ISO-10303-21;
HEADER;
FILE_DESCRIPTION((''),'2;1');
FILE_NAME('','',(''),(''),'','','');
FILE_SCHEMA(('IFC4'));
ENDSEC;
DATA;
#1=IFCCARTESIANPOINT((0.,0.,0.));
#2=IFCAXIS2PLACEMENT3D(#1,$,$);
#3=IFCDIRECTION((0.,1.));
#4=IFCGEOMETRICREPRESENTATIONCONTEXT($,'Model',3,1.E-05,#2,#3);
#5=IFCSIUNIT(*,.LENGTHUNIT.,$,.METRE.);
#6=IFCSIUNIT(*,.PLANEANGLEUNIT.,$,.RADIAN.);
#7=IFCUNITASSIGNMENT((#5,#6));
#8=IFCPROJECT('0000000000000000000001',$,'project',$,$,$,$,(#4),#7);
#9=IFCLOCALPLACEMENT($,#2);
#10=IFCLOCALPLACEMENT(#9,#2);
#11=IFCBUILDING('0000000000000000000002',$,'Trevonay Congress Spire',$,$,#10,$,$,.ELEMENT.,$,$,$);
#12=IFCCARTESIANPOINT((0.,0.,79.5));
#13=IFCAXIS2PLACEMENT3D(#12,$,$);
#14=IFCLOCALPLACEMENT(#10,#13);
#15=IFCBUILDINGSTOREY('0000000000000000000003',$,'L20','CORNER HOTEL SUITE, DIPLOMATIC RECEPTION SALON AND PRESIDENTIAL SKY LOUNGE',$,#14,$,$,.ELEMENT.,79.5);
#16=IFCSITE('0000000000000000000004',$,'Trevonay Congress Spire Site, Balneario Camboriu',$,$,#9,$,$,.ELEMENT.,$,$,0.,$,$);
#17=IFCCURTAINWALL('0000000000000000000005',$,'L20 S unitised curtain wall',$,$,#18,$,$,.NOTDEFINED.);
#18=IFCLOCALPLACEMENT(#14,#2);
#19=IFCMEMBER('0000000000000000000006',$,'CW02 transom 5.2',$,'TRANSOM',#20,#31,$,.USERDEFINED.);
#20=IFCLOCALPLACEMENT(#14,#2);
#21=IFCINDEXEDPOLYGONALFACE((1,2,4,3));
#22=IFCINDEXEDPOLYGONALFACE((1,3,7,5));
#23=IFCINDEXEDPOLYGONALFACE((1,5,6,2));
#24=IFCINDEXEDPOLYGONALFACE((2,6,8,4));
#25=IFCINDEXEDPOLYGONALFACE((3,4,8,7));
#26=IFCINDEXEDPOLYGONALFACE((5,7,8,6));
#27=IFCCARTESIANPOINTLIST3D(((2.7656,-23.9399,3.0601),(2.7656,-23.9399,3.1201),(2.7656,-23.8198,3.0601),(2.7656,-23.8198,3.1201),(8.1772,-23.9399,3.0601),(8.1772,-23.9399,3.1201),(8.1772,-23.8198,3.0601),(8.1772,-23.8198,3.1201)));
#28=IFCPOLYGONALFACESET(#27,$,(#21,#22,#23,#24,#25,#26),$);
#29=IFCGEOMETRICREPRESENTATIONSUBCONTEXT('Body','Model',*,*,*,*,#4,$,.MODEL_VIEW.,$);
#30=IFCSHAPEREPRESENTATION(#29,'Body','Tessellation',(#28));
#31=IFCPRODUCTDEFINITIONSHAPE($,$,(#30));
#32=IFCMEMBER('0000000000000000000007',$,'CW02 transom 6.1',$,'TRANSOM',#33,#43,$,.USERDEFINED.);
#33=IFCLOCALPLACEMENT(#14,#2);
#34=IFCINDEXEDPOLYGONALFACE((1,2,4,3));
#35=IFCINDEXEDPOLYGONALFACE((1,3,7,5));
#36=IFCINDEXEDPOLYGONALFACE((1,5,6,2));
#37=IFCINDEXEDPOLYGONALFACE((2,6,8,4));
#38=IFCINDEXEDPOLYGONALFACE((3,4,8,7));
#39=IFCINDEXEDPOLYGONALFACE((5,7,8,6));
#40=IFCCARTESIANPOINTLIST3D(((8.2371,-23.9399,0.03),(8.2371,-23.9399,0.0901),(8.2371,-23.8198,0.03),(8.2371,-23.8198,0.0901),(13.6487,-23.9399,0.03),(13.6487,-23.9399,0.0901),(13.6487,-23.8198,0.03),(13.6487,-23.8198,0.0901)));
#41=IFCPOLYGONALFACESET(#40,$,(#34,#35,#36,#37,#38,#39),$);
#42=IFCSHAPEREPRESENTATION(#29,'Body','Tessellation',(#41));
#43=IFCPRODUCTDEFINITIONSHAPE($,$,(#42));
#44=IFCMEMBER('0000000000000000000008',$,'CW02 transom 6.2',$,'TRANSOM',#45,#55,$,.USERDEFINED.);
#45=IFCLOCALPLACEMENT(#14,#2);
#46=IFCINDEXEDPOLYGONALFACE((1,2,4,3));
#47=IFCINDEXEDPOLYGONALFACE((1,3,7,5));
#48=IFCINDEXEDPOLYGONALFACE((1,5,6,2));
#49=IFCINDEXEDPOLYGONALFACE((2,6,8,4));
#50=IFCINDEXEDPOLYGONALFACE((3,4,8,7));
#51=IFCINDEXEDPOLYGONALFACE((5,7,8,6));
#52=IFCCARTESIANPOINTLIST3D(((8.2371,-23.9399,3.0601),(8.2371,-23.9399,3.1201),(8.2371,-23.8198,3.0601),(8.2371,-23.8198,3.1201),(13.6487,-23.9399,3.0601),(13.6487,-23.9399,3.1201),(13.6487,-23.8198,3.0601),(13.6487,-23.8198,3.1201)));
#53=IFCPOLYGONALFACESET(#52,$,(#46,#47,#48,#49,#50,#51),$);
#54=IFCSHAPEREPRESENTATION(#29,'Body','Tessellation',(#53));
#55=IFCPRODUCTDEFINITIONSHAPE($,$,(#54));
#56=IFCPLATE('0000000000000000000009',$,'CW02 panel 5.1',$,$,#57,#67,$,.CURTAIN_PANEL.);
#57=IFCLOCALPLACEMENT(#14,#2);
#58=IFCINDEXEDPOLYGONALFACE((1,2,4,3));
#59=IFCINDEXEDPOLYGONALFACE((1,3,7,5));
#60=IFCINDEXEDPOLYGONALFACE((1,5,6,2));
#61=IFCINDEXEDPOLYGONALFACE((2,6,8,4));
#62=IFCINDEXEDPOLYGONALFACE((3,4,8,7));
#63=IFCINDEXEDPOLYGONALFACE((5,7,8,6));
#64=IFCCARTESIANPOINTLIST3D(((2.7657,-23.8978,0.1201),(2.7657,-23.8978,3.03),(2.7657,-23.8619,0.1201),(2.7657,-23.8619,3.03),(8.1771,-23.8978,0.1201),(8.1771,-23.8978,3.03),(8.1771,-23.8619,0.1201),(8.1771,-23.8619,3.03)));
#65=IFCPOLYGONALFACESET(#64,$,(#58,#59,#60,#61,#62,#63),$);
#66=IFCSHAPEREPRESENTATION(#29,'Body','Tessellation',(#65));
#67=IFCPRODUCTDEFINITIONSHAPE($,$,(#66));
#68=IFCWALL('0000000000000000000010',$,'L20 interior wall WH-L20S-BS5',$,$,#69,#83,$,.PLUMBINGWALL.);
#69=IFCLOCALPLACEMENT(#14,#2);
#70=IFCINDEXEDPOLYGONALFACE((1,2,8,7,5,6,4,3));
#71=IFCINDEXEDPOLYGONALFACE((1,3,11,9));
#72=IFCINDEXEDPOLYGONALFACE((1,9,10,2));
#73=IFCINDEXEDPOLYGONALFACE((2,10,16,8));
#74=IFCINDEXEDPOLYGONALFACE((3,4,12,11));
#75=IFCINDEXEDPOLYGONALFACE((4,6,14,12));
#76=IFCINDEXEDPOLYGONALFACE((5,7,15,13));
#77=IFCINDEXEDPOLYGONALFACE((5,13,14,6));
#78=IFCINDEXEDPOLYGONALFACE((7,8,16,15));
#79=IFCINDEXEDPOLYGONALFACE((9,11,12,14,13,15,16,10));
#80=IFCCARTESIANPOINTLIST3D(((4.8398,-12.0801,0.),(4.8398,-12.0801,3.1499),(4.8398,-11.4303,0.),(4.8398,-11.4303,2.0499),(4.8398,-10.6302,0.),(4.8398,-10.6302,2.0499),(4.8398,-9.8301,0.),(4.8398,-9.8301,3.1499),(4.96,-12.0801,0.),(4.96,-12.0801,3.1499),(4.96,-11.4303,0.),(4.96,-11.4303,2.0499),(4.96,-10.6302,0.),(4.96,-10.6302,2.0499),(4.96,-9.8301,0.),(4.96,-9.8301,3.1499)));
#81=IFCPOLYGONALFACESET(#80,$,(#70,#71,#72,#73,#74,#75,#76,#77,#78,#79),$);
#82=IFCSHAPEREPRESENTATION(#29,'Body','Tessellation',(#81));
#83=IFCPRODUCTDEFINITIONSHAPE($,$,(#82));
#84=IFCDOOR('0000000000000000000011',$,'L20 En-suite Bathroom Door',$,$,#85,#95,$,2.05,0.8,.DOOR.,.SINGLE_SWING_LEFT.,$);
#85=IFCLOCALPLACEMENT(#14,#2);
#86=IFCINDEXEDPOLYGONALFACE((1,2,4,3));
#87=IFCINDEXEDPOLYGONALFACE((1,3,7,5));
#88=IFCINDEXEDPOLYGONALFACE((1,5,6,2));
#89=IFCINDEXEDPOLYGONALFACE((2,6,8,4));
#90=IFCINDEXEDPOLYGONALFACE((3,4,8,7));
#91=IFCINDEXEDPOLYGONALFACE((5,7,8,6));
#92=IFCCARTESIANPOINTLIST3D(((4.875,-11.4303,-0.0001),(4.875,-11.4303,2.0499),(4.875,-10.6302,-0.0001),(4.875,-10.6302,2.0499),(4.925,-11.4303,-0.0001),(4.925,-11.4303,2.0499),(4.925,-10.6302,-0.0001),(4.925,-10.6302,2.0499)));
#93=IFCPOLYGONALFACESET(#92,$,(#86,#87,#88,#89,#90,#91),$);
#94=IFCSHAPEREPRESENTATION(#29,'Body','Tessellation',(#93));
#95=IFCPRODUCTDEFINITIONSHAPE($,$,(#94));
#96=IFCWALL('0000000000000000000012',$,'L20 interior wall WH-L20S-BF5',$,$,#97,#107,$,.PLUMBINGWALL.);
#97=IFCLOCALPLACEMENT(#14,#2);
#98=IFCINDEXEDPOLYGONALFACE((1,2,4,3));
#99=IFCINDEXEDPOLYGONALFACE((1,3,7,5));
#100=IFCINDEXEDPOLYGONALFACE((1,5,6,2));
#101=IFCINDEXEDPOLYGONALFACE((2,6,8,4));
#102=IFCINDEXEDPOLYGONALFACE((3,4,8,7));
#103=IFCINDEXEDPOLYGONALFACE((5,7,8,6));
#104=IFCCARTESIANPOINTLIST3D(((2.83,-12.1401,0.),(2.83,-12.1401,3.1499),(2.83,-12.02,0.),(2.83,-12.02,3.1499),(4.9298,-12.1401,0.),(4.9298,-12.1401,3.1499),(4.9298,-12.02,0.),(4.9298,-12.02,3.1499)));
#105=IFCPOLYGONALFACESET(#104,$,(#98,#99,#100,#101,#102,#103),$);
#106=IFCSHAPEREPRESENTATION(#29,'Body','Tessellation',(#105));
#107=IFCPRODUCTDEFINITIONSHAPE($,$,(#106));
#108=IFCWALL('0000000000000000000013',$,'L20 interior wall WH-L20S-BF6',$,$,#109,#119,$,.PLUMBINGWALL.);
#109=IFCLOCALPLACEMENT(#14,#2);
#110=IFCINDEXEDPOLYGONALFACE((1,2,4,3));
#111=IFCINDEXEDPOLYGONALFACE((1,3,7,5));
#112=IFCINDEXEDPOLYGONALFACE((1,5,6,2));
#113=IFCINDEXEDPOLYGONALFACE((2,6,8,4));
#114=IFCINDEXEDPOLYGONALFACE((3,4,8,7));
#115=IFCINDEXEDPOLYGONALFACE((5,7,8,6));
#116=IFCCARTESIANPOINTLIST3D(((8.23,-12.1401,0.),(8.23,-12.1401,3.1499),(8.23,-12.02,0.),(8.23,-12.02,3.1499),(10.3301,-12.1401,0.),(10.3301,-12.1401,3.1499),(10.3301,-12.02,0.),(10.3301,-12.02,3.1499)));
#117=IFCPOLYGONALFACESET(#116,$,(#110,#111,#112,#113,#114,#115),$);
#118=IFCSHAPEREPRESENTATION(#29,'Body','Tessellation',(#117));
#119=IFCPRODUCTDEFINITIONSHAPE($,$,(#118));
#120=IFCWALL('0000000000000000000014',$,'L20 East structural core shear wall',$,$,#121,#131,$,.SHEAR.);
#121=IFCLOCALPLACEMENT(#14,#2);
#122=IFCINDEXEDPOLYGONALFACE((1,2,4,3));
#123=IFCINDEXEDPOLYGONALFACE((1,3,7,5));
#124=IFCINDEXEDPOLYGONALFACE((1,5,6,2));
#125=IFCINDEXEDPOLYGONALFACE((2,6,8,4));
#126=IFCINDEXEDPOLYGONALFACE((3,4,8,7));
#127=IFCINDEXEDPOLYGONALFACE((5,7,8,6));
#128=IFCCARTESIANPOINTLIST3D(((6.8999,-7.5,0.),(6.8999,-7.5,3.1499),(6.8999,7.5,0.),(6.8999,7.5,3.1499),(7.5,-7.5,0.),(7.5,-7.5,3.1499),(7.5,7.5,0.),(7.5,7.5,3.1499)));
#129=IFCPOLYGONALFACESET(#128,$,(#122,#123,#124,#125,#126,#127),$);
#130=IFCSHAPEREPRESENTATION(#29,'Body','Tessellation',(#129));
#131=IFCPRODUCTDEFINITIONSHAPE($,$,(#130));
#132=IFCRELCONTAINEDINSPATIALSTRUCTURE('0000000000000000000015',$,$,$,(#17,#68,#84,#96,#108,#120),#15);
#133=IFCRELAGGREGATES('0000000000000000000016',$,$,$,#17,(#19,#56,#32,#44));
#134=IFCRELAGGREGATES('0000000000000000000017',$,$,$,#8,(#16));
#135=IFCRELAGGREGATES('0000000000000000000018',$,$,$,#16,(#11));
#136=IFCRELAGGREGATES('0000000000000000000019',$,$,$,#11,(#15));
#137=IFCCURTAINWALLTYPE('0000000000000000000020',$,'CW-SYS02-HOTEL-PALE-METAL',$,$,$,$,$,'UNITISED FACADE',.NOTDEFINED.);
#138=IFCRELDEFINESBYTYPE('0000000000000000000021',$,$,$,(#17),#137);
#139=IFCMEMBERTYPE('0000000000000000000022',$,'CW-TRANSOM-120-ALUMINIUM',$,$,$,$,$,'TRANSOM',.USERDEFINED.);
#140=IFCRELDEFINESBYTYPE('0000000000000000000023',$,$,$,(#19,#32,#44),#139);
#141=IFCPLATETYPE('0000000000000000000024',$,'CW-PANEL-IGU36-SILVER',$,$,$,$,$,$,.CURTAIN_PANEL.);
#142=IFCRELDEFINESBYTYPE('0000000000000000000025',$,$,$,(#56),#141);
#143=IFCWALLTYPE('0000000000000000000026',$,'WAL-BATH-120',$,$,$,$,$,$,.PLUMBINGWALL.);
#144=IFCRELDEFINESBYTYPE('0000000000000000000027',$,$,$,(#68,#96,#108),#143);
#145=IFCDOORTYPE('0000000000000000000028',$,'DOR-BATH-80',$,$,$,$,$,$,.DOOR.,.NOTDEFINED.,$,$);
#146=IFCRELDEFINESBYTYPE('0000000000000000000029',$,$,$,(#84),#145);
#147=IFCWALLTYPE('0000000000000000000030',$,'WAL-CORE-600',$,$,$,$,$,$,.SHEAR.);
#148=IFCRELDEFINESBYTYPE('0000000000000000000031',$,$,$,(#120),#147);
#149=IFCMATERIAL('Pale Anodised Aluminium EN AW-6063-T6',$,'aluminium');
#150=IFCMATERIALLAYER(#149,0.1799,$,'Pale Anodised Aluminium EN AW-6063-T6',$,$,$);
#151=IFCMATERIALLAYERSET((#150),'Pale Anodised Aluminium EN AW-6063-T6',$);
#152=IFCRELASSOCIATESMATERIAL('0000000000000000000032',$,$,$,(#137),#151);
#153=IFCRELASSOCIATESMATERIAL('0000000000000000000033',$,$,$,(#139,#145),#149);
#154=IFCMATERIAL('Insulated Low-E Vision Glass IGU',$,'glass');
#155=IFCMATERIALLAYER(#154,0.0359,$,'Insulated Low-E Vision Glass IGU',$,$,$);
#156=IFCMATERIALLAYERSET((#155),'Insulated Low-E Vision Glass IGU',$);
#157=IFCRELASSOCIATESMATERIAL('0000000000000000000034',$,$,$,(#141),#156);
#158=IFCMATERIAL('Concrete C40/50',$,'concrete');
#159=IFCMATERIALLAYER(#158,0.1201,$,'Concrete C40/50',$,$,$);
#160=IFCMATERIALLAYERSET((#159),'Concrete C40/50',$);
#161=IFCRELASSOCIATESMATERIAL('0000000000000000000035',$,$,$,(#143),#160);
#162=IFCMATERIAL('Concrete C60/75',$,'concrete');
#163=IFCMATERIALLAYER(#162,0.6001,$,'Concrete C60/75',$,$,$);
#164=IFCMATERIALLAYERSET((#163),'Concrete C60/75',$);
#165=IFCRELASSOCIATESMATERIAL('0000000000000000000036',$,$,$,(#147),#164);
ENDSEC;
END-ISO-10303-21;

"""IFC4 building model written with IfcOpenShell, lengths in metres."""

from ifc_helpers import new_model, si_unit, direction, frame, frame_2d, origin, origin_2d, place, context, subcontext, project, spatial, rectangle, extrude, material, layer, layer_set, material_profile, profile_set, type_object, element, fill, aggregate, save


model = new_model("IFC4")

# Units and contexts
model_context = context("Model", 3, precision=1e-05, world=origin(), true_north=direction((0.0, 1.0)))
body_context = subcontext(model_context, "Body", "Model", "MODEL_VIEW")
ifc_project = project(units=[si_unit("LENGTHUNIT", "METRE"), si_unit("PLANEANGLEUNIT", "RADIAN")], contexts=[model_context])

# Site, building, storey
site_placement = place(None, origin())
site = spatial("IfcSite", under=ifc_project, at=site_placement, Name="Trevonay Congress Spire Site, Balneario Camboriu", CompositionType="ELEMENT", RefElevation=0.0)
building_placement = place(site_placement, origin())
building = spatial("IfcBuilding", under=site, at=building_placement, Name="Trevonay Congress Spire", CompositionType="ELEMENT")
storey_placement = place(building_placement, frame((0.0, 0.0, 79.5)))
storey = spatial("IfcBuildingStorey", under=building, at=storey_placement, Name="L20", Description="CORNER HOTEL SUITE, DIPLOMATIC RECEPTION SALON AND PRESIDENTIAL SKY LOUNGE", CompositionType="ELEMENT", Elevation=79.5)

# Curtain wall, members, plate
ifc_material_1 = material(Name="Pale Anodised Aluminium EN AW-6063-T6", Category="aluminium")
ifc_layer_1 = layer(ifc_material_1, 0.1799, Name="Pale Anodised Aluminium EN AW-6063-T6")
ifc_layer_set_1 = layer_set([ifc_layer_1], Name="Pale Anodised Aluminium EN AW-6063-T6")
curtain_wall_type = type_object("IfcCurtainWallType", Name="CW-SYS02-HOTEL-PALE-METAL", ElementType="UNITISED FACADE", PredefinedType="NOTDEFINED", material=ifc_layer_set_1)
curtain_wall_placement = place(storey_placement, origin())
curtain_wall = element("IfcCurtainWall", 1, at=curtain_wall_placement, inside=storey, type_object=curtain_wall_type, Name="L20 S unitised curtain wall", PredefinedType="NOTDEFINED")
ifc_material_profile_1 = material_profile(ifc_material_1, rectangle(XDim=0.1201, YDim=0.0601, at=origin_2d()), Name="CW-TRANSOM-120-ALUMINIUM")
ifc_profile_set_1 = profile_set([ifc_material_profile_1], Name="Pale Anodised Aluminium EN AW-6063-T6")
member_type_1 = type_object("IfcMemberType", Name="CW-TRANSOM-120-ALUMINIUM", ElementType="TRANSOM", PredefinedType="USERDEFINED", material=ifc_profile_set_1)
member_1_placement = place(storey_placement, frame((2.7656, -23.8799, 3.0901), z_axis=(1.0, 0.0, 0.0), x_axis=(0.0, 1.0, 0.0)))
member_1 = element("IfcMember", 2, at=member_1_placement, type_object=member_type_1, Name="CW02 transom 5.2", ObjectType="TRANSOM", PredefinedType="USERDEFINED", context=body_context, shape_type="SweptSolid", body=[
    extrude(rectangle(XDim=0.1201, YDim=0.0601, at=origin_2d()), origin(), (0.0, 0.0, 1.0), 5.4116),
])
member_2_placement = place(storey_placement, frame((8.2371, -23.8799, 0.0601), z_axis=(1.0, 0.0, 0.0), x_axis=(0.0, 1.0, 0.0)))
member_2 = element("IfcMember", 3, at=member_2_placement, type_object=member_type_1, Name="CW02 transom 6.1", ObjectType="TRANSOM", PredefinedType="USERDEFINED", context=body_context, shape_type="SweptSolid", body=[
    extrude(rectangle(XDim=0.1201, YDim=0.0601, at=origin_2d()), origin(), (0.0, 0.0, 1.0), 5.4116),
])
member_3_placement = place(storey_placement, frame((8.2371, -23.8799, 3.0901), z_axis=(1.0, 0.0, 0.0), x_axis=(0.0, 1.0, 0.0)))
member_3 = element("IfcMember", 4, at=member_3_placement, type_object=member_type_1, Name="CW02 transom 6.2", ObjectType="TRANSOM", PredefinedType="USERDEFINED", context=body_context, shape_type="SweptSolid", body=[
    extrude(rectangle(XDim=0.1201, YDim=0.0601, at=origin_2d()), origin(), (0.0, 0.0, 1.0), 5.4116),
])
ifc_material_2 = material(Name="Insulated Low-E Vision Glass IGU", Category="glass")
ifc_layer_2 = layer(ifc_material_2, 0.0359, Name="Insulated Low-E Vision Glass IGU")
ifc_layer_set_2 = layer_set([ifc_layer_2], Name="Insulated Low-E Vision Glass IGU")
plate_type = type_object("IfcPlateType", Name="CW-PANEL-IGU36-SILVER", PredefinedType="CURTAIN_PANEL", material=ifc_layer_set_2)
plate_placement = place(storey_placement, frame((5.4714, -23.8799, 0.1201), z_axis=(0.0, 0.0, 1.0), x_axis=(1.0, 0.0, 0.0)))
plate = element("IfcPlate", 5, at=plate_placement, type_object=plate_type, Name="CW02 panel 5.1", PredefinedType="CURTAIN_PANEL", context=body_context, shape_type="SweptSolid", body=[
    extrude(rectangle(XDim=5.4114, YDim=0.0359, at=origin_2d()), origin(), (0.0, 0.0, 1.0), 2.9099),
])
aggregate(curtain_wall, [member_1, plate, member_2, member_3])

# Wall, opening, door
ifc_material_3 = material(Name="Concrete C40/50", Category="concrete")
ifc_layer_3 = layer(ifc_material_3, 0.1201, Name="Concrete C40/50")
ifc_layer_set_3 = layer_set([ifc_layer_3], Name="Concrete C40/50")
wall_type_1 = type_object("IfcWallType", Name="WAL-BATH-120", PredefinedType="PLUMBINGWALL", material=ifc_layer_set_3)
wall_1_placement = place(storey_placement, frame((4.8999, -12.0801, 0.0), z_axis=(0.0, 0.0, 1.0), x_axis=(0.0, 1.0, 0.0)))
wall_1 = element("IfcWall", 6, at=wall_1_placement, inside=storey, type_object=wall_type_1, Name="L20 interior wall WH-L20S-BS5", PredefinedType="PLUMBINGWALL", context=body_context, shape_type="SweptSolid", body=[
    extrude(rectangle(XDim=2.25, YDim=0.1201, at=frame_2d((1.125, 0.0))), origin(), (0.0, 0.0, 1.0), 3.1499),
])
opening_1_placement = place(wall_1_placement, frame((0.6499, 0.0, 0.0)))
opening_1 = element("IfcOpeningElement", 7, at=opening_1_placement, cuts=wall_1, PredefinedType="OPENING", context=body_context, shape_type="SweptSolid", body=[
    extrude(rectangle(XDim=0.8, YDim=2.05, at=frame_2d((0.3999, 1.0249))), frame((0.0, 0.0701, 0.0), z_axis=(0.0, -1.0, 0.0), x_axis=(1.0, 0.0, 0.0)), (0.0, 0.0, 1.0), 0.1401),
])
door_type_1 = type_object("IfcDoorType", Name="DOR-BATH-80", OperationType="NOTDEFINED", PredefinedType="DOOR", material=ifc_material_1)
door_1_placement = place(opening_1_placement, origin())
door_1 = element("IfcDoor", 8, at=door_1_placement, inside=storey, type_object=door_type_1, Name="L20 En-suite Bathroom Door", OperationType="SINGLE_SWING_LEFT", OverallHeight=2.05, OverallWidth=0.8, PredefinedType="DOOR", context=body_context, shape_type="SweptSolid", body=[
    extrude(rectangle(XDim=0.8, YDim=2.05, at=frame_2d((0.3999, 1.0249))), frame((0.0, 0.0249, 0.0), z_axis=(0.0, -1.0, 0.0), x_axis=(1.0, 0.0, 0.0)), (0.0, 0.0, 1.0), 0.05),
])
fill(opening_1, door_1)

# Walls
wall_2_placement = place(storey_placement, frame((2.8301, -12.0801, 0.0), z_axis=(0.0, 0.0, 1.0), x_axis=(1.0, 0.0, 0.0)))
element("IfcWall", 9, at=wall_2_placement, inside=storey, type_object=wall_type_1, Name="L20 interior wall WH-L20S-BF5", PredefinedType="PLUMBINGWALL", context=body_context, shape_type="SweptSolid", body=[
    extrude(rectangle(XDim=2.0999, YDim=0.1201, at=frame_2d((1.0498, 0.0))), origin(), (0.0, 0.0, 1.0), 3.1499),
])
wall_3_placement = place(storey_placement, frame((8.23, -12.0801, 0.0), z_axis=(0.0, 0.0, 1.0), x_axis=(1.0, 0.0, 0.0)))
element("IfcWall", 10, at=wall_3_placement, inside=storey, type_object=wall_type_1, Name="L20 interior wall WH-L20S-BF6", PredefinedType="PLUMBINGWALL", context=body_context, shape_type="SweptSolid", body=[
    extrude(rectangle(XDim=2.1001, YDim=0.1201, at=frame_2d((1.05, 0.0))), origin(), (0.0, 0.0, 1.0), 3.1499),
])
ifc_material_4 = material(Name="Concrete C60/75", Category="concrete")
ifc_layer_4 = layer(ifc_material_4, 0.6001, Name="Concrete C60/75")
ifc_layer_set_4 = layer_set([ifc_layer_4], Name="Concrete C60/75")
wall_type_2 = type_object("IfcWallType", Name="WAL-CORE-600", PredefinedType="SHEAR", material=ifc_layer_set_4)
wall_4_placement = place(storey_placement, frame((7.2, -7.5, 0.0), z_axis=(0.0, 0.0, 1.0), x_axis=(0.0, 1.0, 0.0)))
element("IfcWall", 11, at=wall_4_placement, inside=storey, type_object=wall_type_2, Name="L20 East structural core shear wall", PredefinedType="SHEAR", context=body_context, shape_type="SweptSolid", body=[
    extrude(rectangle(XDim=15.0, YDim=0.6001, at=frame_2d((7.5, 0.0))), origin(), (0.0, 0.0, 1.0), 3.1499),
])

save(model, "model.ifc")
